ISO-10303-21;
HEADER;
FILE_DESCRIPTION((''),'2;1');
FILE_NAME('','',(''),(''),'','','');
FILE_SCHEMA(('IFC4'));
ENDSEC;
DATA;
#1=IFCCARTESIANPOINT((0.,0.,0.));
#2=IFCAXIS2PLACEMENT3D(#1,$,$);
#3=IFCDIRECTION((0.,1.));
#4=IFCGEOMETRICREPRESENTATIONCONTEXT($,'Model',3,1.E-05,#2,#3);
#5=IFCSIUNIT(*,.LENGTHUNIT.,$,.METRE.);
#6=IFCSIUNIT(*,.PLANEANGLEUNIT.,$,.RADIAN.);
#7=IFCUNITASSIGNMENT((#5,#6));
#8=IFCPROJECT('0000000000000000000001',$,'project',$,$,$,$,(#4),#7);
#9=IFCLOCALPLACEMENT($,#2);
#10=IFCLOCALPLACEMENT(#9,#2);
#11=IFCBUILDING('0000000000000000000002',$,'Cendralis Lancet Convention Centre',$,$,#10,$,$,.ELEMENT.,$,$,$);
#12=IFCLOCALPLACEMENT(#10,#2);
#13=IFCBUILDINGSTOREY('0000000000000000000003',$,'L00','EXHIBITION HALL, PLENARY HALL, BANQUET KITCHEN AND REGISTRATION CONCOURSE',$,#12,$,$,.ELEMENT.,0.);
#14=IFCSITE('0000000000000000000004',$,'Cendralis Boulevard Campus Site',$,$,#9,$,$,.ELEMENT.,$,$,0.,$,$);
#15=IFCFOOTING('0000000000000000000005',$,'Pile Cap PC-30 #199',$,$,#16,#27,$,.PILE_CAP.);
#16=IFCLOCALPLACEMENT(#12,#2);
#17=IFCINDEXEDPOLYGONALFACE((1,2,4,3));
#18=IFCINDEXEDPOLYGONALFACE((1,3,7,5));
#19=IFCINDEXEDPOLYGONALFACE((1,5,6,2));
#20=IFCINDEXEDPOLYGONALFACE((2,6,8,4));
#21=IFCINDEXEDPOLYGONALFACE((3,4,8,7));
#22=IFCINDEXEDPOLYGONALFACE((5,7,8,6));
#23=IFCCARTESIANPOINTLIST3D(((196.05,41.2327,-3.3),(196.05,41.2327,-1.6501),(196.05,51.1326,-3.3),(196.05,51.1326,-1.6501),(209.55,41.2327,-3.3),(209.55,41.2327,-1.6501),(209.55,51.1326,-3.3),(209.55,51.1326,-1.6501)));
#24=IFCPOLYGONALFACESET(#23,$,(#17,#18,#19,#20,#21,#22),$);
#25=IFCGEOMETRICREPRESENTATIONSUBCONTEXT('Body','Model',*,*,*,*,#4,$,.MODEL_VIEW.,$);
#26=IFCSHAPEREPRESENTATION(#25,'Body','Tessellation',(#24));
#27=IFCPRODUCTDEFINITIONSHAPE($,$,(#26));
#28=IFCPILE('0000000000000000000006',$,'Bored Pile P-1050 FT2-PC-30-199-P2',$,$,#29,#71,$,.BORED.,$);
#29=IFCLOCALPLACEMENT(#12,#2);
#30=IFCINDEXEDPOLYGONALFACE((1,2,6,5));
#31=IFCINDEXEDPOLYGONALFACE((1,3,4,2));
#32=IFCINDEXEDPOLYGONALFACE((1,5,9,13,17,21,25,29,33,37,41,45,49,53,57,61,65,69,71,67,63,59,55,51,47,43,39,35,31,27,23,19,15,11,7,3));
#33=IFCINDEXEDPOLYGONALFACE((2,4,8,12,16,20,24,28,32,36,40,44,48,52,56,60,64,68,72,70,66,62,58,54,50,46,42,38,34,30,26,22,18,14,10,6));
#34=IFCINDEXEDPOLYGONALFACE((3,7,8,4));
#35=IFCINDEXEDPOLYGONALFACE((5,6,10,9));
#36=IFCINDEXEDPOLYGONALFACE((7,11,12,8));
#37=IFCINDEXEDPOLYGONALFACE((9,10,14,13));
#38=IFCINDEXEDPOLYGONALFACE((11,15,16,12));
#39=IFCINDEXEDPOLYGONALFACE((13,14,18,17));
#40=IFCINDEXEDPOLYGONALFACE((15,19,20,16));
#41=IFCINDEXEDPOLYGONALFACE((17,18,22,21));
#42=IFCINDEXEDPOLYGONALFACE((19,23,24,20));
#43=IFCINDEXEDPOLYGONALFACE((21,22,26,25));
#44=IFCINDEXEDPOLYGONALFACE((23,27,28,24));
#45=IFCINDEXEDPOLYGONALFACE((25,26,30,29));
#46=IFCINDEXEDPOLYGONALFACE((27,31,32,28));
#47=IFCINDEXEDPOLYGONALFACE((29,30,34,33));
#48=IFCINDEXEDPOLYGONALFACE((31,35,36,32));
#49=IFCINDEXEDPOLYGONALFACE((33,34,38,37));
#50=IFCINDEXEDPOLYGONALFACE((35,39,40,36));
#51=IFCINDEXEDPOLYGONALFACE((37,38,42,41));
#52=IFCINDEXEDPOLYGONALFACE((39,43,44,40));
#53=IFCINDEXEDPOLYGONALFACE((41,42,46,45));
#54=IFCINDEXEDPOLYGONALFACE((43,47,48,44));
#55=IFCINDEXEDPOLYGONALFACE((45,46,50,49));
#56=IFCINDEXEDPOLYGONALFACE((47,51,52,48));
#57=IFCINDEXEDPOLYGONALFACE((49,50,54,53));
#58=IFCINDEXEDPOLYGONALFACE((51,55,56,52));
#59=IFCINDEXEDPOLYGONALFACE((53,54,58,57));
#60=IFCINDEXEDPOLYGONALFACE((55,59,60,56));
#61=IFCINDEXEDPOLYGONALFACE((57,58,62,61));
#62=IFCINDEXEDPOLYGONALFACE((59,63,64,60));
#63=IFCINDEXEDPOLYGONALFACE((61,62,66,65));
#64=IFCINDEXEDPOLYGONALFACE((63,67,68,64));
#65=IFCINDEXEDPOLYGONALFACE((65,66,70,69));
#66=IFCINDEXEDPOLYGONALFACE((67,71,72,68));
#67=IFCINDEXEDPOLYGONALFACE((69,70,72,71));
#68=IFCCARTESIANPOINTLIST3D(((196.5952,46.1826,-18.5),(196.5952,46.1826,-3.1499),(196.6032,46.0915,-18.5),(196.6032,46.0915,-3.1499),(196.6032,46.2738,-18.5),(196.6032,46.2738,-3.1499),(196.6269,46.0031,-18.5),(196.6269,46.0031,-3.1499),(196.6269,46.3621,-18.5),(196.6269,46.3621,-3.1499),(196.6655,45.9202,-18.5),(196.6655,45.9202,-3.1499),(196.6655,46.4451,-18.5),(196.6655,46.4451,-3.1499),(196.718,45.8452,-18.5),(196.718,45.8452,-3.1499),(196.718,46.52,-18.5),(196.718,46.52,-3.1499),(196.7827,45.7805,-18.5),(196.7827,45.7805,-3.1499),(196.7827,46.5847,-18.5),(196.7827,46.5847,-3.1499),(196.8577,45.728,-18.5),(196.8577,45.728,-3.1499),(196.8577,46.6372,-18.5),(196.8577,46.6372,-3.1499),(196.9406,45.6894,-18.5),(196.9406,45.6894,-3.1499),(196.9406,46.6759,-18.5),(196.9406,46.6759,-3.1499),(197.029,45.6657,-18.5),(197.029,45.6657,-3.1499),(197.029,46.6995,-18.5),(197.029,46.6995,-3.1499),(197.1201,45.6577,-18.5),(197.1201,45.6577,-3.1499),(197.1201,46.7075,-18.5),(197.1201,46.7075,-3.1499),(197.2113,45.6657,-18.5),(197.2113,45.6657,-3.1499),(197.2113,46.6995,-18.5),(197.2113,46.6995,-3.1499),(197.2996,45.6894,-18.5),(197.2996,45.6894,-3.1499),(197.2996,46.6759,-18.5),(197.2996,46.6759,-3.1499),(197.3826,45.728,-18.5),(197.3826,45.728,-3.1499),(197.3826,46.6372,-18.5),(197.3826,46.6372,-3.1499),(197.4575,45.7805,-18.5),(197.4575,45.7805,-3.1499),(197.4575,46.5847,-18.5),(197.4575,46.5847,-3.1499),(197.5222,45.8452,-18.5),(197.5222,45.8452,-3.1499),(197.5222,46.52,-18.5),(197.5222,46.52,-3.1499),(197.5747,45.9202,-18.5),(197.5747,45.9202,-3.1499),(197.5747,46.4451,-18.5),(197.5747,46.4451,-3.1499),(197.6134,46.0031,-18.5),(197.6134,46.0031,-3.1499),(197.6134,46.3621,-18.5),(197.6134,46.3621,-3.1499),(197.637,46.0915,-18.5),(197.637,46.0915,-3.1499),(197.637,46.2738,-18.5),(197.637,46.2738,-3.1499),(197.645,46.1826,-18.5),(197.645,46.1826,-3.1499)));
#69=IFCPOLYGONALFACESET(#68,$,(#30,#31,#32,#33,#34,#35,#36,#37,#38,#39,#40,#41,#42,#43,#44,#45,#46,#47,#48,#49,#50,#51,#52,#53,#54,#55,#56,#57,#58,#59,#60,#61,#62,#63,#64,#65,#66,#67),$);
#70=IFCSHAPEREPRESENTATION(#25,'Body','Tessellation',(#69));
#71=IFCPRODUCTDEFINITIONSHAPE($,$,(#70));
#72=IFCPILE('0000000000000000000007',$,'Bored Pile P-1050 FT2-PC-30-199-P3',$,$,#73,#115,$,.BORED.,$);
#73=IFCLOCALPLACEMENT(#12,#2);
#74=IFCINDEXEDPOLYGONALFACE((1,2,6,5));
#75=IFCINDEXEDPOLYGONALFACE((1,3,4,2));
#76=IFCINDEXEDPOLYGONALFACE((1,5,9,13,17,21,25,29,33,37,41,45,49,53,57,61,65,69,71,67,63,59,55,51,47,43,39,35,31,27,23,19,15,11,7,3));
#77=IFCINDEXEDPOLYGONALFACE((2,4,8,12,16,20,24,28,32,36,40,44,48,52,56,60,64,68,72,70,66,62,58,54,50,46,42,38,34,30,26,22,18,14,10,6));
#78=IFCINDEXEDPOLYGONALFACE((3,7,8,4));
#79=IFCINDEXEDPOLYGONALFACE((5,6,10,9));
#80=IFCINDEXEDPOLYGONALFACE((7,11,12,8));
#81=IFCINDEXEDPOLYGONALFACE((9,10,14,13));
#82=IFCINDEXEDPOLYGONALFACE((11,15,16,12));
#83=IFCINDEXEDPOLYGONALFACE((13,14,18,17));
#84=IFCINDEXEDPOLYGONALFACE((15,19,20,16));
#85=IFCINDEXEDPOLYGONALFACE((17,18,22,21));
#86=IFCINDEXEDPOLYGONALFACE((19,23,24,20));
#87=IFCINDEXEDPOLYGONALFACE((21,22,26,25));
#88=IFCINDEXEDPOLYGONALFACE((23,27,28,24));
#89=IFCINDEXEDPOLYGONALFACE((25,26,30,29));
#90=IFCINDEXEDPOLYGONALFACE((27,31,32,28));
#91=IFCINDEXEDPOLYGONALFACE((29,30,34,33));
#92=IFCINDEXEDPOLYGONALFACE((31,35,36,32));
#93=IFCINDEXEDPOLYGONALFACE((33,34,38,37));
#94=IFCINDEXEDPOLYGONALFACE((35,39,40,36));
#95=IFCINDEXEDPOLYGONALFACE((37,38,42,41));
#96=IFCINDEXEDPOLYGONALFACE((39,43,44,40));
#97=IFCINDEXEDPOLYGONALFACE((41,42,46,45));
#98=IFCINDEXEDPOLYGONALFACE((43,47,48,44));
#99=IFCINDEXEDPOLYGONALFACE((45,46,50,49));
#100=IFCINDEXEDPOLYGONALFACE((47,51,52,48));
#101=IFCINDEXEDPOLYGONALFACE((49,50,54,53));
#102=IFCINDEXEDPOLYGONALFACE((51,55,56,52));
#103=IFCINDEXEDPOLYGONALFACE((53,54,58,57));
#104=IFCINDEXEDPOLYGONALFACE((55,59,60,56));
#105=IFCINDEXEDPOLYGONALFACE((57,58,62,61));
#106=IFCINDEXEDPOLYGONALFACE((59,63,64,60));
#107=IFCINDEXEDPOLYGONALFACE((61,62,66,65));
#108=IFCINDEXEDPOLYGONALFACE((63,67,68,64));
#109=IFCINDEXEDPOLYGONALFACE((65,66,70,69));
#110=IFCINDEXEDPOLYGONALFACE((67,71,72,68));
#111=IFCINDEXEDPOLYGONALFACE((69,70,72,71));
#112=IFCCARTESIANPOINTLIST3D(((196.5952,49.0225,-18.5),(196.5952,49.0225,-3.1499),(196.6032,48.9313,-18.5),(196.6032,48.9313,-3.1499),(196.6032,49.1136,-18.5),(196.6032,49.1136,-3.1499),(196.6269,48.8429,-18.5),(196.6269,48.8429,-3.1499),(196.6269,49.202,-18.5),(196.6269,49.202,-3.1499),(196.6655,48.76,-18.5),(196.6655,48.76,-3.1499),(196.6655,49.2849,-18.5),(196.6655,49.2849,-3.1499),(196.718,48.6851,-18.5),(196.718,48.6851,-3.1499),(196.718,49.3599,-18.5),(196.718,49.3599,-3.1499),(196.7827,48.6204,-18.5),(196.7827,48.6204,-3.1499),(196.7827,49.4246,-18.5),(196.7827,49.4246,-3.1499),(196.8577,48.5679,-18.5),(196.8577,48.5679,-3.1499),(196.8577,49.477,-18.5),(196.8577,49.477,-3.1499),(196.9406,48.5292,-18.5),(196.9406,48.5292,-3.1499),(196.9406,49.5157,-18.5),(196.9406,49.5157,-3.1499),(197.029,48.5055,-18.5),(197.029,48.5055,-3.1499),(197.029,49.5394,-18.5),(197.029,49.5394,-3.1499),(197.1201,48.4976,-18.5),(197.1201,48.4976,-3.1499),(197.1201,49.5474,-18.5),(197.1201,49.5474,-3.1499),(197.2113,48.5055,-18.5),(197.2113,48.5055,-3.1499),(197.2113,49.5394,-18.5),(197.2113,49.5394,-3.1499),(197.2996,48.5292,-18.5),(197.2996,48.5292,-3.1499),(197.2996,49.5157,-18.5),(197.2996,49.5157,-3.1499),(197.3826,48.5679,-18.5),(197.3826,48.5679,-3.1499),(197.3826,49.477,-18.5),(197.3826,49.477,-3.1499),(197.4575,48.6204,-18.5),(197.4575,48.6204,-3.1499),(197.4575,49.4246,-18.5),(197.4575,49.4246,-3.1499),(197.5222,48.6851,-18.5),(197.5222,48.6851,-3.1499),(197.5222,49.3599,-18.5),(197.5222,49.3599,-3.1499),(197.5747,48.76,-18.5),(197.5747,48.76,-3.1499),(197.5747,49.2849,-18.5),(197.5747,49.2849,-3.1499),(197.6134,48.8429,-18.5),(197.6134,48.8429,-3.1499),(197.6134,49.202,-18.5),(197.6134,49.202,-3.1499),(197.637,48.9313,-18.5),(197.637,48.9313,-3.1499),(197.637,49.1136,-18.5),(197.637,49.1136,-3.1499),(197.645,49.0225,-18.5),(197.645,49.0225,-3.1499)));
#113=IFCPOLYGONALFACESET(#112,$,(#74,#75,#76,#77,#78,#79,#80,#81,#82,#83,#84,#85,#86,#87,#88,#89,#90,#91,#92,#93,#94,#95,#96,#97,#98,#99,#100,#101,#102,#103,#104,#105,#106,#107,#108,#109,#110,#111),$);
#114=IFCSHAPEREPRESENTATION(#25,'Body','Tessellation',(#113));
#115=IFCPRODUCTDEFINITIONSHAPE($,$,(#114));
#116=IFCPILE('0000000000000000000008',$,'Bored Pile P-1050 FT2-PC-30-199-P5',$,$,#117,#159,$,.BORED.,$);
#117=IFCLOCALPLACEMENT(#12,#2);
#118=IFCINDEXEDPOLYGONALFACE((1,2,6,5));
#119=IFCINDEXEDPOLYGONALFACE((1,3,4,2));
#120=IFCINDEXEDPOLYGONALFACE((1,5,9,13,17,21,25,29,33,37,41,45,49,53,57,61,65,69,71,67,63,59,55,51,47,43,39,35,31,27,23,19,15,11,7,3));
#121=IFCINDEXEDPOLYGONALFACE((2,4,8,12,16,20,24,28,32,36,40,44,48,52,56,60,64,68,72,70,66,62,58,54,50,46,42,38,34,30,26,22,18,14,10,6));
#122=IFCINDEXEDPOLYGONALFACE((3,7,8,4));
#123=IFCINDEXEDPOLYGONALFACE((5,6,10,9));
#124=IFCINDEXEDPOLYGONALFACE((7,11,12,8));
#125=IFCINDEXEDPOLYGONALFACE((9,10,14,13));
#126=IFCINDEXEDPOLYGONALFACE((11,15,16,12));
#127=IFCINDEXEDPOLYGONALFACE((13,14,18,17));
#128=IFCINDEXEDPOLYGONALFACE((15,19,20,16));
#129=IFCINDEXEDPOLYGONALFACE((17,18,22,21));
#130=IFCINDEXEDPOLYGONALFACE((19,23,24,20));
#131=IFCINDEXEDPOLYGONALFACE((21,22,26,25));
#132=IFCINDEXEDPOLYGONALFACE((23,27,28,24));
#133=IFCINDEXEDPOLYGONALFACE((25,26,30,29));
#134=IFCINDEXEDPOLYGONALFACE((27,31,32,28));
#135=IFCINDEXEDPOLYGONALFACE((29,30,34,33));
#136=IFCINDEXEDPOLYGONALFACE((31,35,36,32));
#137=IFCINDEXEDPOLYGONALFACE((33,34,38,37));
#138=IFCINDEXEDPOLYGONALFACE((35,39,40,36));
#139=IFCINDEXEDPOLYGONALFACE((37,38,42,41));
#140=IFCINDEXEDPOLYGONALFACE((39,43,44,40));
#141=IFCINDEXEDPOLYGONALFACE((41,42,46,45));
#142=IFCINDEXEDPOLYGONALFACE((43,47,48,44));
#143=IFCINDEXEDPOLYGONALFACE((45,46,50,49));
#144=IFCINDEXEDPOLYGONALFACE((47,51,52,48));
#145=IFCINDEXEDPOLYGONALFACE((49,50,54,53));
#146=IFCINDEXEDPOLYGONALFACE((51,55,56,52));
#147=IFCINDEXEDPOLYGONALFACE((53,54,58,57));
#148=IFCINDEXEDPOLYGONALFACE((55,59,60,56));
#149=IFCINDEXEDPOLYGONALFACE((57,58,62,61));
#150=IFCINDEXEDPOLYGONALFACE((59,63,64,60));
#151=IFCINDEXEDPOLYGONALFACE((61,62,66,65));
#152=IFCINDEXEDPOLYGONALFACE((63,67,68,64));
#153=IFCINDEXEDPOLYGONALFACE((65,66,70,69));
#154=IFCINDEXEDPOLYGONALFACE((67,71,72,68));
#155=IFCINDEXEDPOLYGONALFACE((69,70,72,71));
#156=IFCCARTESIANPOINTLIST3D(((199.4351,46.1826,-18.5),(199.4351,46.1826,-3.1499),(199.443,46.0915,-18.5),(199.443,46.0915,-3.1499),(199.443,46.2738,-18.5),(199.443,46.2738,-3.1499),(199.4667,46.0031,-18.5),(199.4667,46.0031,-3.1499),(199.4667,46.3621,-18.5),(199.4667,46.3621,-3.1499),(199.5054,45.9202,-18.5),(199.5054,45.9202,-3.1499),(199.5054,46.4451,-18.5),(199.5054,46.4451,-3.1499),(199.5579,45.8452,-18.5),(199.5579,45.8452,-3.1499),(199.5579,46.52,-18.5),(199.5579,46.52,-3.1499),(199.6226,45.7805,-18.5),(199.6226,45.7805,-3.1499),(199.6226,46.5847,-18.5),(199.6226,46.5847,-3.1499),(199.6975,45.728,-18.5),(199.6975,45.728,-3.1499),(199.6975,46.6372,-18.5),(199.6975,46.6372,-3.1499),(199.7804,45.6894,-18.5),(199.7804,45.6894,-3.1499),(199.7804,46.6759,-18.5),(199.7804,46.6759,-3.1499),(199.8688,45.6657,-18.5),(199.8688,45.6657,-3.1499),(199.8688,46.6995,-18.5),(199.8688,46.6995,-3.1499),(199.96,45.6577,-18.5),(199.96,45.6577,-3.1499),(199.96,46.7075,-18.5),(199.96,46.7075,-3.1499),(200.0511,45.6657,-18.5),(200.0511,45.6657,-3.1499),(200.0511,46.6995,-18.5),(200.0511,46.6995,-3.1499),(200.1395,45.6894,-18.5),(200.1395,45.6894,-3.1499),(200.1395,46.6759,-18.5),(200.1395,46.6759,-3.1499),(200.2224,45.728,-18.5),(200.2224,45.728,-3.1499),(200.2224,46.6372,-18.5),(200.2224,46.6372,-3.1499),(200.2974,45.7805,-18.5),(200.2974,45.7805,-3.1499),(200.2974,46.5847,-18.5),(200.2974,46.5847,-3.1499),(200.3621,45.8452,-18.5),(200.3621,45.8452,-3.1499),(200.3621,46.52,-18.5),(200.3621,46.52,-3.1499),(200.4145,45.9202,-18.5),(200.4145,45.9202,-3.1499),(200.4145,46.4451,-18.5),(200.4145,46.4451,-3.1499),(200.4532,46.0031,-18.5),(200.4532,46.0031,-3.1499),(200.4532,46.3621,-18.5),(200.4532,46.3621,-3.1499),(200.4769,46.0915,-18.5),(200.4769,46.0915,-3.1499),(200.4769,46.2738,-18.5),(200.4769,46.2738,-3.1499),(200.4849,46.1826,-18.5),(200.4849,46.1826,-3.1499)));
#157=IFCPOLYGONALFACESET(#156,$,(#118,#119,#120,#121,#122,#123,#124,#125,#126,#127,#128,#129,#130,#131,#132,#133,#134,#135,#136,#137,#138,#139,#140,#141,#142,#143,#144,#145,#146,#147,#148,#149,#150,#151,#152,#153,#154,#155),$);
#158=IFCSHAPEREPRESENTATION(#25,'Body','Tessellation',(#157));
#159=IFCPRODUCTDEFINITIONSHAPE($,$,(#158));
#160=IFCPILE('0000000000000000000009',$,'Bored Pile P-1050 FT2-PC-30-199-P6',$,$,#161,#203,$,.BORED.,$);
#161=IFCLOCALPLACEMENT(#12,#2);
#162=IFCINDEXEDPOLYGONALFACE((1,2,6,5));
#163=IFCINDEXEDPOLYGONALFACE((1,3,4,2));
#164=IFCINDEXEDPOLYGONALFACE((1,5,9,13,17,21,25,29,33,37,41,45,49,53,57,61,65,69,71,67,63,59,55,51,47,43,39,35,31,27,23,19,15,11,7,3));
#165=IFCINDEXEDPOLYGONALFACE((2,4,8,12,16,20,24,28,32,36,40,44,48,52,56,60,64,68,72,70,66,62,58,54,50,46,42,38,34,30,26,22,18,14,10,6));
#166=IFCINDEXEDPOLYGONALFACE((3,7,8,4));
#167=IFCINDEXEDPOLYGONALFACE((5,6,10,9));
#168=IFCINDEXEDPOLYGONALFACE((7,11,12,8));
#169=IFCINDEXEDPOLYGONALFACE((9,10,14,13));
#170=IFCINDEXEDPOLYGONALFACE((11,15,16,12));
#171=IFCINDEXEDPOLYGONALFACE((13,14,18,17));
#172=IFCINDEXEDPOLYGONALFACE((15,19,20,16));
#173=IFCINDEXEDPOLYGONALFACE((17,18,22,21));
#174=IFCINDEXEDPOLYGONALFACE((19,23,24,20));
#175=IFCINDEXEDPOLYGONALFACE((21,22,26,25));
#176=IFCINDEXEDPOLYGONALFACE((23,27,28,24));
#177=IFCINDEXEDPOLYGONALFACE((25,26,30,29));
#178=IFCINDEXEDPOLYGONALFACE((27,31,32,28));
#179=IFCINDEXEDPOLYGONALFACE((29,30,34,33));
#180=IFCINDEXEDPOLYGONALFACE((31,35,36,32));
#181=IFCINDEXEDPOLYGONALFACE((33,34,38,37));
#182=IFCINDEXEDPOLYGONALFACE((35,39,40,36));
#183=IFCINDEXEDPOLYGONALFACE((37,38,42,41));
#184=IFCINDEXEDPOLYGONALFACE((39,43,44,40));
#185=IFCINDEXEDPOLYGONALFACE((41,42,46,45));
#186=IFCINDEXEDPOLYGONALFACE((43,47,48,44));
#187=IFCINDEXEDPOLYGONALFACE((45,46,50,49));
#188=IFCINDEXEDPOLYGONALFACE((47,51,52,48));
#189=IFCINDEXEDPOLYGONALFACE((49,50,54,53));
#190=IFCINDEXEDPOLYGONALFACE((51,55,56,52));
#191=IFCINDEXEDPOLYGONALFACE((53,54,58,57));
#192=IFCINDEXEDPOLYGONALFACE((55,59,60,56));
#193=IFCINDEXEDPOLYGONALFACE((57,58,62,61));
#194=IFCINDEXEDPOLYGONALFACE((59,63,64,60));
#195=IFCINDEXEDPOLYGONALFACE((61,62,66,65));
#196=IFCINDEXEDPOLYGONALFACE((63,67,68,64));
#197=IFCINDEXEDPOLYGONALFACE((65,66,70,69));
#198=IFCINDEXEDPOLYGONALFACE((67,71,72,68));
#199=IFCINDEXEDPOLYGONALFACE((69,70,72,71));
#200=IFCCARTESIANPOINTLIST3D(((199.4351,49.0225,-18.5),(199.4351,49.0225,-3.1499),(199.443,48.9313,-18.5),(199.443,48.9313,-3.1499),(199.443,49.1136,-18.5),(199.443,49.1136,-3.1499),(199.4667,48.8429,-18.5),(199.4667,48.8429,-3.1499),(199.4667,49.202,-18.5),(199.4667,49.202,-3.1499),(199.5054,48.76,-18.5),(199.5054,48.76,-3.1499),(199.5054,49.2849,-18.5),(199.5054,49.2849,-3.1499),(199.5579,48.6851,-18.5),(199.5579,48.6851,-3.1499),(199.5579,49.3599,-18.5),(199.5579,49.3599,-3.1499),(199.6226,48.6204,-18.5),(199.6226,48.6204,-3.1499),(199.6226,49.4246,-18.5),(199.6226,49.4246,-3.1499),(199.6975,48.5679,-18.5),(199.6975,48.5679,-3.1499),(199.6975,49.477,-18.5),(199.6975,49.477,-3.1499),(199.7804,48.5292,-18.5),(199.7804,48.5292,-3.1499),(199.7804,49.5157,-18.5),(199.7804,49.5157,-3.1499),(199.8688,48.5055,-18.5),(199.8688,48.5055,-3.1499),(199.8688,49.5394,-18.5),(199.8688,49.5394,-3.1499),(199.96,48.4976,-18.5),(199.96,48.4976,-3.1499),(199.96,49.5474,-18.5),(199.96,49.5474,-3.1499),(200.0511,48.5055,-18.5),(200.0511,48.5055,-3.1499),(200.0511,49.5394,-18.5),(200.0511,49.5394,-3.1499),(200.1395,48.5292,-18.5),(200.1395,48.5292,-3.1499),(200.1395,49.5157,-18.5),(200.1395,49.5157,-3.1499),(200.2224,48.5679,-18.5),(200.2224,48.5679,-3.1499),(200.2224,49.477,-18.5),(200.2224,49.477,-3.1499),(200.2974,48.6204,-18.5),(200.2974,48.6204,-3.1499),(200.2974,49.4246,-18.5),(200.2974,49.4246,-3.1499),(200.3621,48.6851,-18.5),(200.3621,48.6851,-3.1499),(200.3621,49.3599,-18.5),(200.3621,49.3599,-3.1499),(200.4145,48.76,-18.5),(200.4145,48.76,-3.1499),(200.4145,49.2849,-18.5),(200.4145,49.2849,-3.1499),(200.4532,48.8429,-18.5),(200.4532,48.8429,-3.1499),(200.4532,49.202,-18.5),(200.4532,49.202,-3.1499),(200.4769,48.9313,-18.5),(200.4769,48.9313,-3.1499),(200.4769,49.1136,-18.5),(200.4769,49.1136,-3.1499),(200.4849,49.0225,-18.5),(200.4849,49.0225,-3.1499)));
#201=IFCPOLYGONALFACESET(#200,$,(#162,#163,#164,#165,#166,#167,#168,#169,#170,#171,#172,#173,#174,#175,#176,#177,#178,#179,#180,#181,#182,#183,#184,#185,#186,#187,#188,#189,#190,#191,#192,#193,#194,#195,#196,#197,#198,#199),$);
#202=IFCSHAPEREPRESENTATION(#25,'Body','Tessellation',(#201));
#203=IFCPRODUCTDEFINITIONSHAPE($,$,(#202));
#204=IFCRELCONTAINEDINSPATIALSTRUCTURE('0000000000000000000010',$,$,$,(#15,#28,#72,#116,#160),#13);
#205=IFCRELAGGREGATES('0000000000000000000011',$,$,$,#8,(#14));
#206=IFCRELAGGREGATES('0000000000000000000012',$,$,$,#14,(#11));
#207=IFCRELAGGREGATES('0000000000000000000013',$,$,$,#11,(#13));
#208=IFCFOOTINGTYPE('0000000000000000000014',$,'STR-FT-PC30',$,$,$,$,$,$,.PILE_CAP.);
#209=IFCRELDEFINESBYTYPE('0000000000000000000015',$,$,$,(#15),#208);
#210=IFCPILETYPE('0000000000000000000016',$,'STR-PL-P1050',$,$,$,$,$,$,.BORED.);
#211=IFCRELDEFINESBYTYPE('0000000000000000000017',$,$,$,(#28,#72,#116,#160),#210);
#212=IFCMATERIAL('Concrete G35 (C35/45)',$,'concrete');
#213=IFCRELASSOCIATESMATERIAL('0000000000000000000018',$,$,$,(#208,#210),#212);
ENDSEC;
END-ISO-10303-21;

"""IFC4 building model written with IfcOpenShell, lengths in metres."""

from ifc_helpers import new_model, si_unit, direction, frame, origin, origin_2d, place, context, subcontext, project, spatial, rectangle, circle, extrude, material, material_profile, profile_set, type_object, element, save


model = new_model("IFC4")

# Units and contexts
model_context = context("Model", 3, precision=1e-05, world=origin(), true_north=direction((0.0, 1.0)))
body_context = subcontext(model_context, "Body", "Model", "MODEL_VIEW")
ifc_project = project(units=[si_unit("LENGTHUNIT", "METRE"), si_unit("PLANEANGLEUNIT", "RADIAN")], contexts=[model_context])

# Site, building, storey
site_placement = place(None, origin())
site = spatial("IfcSite", under=ifc_project, at=site_placement, Name="Cendralis Boulevard Campus Site", CompositionType="ELEMENT", RefElevation=0.0)
building_placement = place(site_placement, origin())
building = spatial("IfcBuilding", under=site, at=building_placement, Name="Cendralis Lancet Convention Centre", CompositionType="ELEMENT")
storey_placement = place(building_placement, origin())
storey = spatial("IfcBuildingStorey", under=building, at=storey_placement, Name="L00", Description="EXHIBITION HALL, PLENARY HALL, BANQUET KITCHEN AND REGISTRATION CONCOURSE", CompositionType="ELEMENT", Elevation=0.0)

# Footing
ifc_material_1 = material(Name="Concrete G35 (C35/45)", Category="concrete")
footing_type = type_object("IfcFootingType", Name="STR-FT-PC30", PredefinedType="PILE_CAP", material=ifc_material_1)
footing_placement = place(storey_placement, frame((202.8, 46.1826, -3.3), z_axis=(0.0, 0.0, 1.0), x_axis=(1.0, 0.0, 0.0)))
element("IfcFooting", 1, at=footing_placement, inside=storey, type_object=footing_type, Name="Pile Cap PC-30 #199", PredefinedType="PILE_CAP", context=body_context, shape_type="SweptSolid", body=[
    extrude(rectangle(XDim=13.5, YDim=9.8999, at=origin_2d()), origin(), (0.0, 0.0, 1.0), 1.6499),
])

# Piles
ifc_material_profile = material_profile(ifc_material_1, circle(Radius=0.5249, at=origin_2d()), Name="BORED PILE D1050")
ifc_profile_set = profile_set([ifc_material_profile], Name="Concrete G35 (C35/45)")
pile_type = type_object("IfcPileType", Name="STR-PL-P1050", PredefinedType="BORED", material=ifc_profile_set)
for number, where, z_axis, x_axis, name in (
    (2, (197.1201, 46.1826, -3.1499), (0.0, 0.0, -1.0), (1.0, 0.0, 0.0), "Bored Pile P-1050 FT2-PC-30-199-P2"),
    (3, (197.1201, 49.0225, -3.1499), (0.0, 0.0, -1.0), (1.0, 0.0, 0.0), "Bored Pile P-1050 FT2-PC-30-199-P3"),
    (4, (199.96, 46.1826, -3.1499), (0.0, 0.0, -1.0), (1.0, 0.0, 0.0), "Bored Pile P-1050 FT2-PC-30-199-P5"),
    (5, (199.96, 49.0225, -3.1499), (0.0, 0.0, -1.0), (1.0, 0.0, 0.0), "Bored Pile P-1050 FT2-PC-30-199-P6"),
):
    element("IfcPile", number, at=place(storey_placement, frame(where, z_axis=z_axis, x_axis=x_axis)), inside=storey, type_object=pile_type, Name=name, PredefinedType="BORED", context=body_context, shape_type="SweptSolid", body=[
        extrude(circle(Radius=0.5249, at=origin_2d()), origin(), (0.0, 0.0, 1.0), 15.3501),
    ])

save(model, "model.ifc")
